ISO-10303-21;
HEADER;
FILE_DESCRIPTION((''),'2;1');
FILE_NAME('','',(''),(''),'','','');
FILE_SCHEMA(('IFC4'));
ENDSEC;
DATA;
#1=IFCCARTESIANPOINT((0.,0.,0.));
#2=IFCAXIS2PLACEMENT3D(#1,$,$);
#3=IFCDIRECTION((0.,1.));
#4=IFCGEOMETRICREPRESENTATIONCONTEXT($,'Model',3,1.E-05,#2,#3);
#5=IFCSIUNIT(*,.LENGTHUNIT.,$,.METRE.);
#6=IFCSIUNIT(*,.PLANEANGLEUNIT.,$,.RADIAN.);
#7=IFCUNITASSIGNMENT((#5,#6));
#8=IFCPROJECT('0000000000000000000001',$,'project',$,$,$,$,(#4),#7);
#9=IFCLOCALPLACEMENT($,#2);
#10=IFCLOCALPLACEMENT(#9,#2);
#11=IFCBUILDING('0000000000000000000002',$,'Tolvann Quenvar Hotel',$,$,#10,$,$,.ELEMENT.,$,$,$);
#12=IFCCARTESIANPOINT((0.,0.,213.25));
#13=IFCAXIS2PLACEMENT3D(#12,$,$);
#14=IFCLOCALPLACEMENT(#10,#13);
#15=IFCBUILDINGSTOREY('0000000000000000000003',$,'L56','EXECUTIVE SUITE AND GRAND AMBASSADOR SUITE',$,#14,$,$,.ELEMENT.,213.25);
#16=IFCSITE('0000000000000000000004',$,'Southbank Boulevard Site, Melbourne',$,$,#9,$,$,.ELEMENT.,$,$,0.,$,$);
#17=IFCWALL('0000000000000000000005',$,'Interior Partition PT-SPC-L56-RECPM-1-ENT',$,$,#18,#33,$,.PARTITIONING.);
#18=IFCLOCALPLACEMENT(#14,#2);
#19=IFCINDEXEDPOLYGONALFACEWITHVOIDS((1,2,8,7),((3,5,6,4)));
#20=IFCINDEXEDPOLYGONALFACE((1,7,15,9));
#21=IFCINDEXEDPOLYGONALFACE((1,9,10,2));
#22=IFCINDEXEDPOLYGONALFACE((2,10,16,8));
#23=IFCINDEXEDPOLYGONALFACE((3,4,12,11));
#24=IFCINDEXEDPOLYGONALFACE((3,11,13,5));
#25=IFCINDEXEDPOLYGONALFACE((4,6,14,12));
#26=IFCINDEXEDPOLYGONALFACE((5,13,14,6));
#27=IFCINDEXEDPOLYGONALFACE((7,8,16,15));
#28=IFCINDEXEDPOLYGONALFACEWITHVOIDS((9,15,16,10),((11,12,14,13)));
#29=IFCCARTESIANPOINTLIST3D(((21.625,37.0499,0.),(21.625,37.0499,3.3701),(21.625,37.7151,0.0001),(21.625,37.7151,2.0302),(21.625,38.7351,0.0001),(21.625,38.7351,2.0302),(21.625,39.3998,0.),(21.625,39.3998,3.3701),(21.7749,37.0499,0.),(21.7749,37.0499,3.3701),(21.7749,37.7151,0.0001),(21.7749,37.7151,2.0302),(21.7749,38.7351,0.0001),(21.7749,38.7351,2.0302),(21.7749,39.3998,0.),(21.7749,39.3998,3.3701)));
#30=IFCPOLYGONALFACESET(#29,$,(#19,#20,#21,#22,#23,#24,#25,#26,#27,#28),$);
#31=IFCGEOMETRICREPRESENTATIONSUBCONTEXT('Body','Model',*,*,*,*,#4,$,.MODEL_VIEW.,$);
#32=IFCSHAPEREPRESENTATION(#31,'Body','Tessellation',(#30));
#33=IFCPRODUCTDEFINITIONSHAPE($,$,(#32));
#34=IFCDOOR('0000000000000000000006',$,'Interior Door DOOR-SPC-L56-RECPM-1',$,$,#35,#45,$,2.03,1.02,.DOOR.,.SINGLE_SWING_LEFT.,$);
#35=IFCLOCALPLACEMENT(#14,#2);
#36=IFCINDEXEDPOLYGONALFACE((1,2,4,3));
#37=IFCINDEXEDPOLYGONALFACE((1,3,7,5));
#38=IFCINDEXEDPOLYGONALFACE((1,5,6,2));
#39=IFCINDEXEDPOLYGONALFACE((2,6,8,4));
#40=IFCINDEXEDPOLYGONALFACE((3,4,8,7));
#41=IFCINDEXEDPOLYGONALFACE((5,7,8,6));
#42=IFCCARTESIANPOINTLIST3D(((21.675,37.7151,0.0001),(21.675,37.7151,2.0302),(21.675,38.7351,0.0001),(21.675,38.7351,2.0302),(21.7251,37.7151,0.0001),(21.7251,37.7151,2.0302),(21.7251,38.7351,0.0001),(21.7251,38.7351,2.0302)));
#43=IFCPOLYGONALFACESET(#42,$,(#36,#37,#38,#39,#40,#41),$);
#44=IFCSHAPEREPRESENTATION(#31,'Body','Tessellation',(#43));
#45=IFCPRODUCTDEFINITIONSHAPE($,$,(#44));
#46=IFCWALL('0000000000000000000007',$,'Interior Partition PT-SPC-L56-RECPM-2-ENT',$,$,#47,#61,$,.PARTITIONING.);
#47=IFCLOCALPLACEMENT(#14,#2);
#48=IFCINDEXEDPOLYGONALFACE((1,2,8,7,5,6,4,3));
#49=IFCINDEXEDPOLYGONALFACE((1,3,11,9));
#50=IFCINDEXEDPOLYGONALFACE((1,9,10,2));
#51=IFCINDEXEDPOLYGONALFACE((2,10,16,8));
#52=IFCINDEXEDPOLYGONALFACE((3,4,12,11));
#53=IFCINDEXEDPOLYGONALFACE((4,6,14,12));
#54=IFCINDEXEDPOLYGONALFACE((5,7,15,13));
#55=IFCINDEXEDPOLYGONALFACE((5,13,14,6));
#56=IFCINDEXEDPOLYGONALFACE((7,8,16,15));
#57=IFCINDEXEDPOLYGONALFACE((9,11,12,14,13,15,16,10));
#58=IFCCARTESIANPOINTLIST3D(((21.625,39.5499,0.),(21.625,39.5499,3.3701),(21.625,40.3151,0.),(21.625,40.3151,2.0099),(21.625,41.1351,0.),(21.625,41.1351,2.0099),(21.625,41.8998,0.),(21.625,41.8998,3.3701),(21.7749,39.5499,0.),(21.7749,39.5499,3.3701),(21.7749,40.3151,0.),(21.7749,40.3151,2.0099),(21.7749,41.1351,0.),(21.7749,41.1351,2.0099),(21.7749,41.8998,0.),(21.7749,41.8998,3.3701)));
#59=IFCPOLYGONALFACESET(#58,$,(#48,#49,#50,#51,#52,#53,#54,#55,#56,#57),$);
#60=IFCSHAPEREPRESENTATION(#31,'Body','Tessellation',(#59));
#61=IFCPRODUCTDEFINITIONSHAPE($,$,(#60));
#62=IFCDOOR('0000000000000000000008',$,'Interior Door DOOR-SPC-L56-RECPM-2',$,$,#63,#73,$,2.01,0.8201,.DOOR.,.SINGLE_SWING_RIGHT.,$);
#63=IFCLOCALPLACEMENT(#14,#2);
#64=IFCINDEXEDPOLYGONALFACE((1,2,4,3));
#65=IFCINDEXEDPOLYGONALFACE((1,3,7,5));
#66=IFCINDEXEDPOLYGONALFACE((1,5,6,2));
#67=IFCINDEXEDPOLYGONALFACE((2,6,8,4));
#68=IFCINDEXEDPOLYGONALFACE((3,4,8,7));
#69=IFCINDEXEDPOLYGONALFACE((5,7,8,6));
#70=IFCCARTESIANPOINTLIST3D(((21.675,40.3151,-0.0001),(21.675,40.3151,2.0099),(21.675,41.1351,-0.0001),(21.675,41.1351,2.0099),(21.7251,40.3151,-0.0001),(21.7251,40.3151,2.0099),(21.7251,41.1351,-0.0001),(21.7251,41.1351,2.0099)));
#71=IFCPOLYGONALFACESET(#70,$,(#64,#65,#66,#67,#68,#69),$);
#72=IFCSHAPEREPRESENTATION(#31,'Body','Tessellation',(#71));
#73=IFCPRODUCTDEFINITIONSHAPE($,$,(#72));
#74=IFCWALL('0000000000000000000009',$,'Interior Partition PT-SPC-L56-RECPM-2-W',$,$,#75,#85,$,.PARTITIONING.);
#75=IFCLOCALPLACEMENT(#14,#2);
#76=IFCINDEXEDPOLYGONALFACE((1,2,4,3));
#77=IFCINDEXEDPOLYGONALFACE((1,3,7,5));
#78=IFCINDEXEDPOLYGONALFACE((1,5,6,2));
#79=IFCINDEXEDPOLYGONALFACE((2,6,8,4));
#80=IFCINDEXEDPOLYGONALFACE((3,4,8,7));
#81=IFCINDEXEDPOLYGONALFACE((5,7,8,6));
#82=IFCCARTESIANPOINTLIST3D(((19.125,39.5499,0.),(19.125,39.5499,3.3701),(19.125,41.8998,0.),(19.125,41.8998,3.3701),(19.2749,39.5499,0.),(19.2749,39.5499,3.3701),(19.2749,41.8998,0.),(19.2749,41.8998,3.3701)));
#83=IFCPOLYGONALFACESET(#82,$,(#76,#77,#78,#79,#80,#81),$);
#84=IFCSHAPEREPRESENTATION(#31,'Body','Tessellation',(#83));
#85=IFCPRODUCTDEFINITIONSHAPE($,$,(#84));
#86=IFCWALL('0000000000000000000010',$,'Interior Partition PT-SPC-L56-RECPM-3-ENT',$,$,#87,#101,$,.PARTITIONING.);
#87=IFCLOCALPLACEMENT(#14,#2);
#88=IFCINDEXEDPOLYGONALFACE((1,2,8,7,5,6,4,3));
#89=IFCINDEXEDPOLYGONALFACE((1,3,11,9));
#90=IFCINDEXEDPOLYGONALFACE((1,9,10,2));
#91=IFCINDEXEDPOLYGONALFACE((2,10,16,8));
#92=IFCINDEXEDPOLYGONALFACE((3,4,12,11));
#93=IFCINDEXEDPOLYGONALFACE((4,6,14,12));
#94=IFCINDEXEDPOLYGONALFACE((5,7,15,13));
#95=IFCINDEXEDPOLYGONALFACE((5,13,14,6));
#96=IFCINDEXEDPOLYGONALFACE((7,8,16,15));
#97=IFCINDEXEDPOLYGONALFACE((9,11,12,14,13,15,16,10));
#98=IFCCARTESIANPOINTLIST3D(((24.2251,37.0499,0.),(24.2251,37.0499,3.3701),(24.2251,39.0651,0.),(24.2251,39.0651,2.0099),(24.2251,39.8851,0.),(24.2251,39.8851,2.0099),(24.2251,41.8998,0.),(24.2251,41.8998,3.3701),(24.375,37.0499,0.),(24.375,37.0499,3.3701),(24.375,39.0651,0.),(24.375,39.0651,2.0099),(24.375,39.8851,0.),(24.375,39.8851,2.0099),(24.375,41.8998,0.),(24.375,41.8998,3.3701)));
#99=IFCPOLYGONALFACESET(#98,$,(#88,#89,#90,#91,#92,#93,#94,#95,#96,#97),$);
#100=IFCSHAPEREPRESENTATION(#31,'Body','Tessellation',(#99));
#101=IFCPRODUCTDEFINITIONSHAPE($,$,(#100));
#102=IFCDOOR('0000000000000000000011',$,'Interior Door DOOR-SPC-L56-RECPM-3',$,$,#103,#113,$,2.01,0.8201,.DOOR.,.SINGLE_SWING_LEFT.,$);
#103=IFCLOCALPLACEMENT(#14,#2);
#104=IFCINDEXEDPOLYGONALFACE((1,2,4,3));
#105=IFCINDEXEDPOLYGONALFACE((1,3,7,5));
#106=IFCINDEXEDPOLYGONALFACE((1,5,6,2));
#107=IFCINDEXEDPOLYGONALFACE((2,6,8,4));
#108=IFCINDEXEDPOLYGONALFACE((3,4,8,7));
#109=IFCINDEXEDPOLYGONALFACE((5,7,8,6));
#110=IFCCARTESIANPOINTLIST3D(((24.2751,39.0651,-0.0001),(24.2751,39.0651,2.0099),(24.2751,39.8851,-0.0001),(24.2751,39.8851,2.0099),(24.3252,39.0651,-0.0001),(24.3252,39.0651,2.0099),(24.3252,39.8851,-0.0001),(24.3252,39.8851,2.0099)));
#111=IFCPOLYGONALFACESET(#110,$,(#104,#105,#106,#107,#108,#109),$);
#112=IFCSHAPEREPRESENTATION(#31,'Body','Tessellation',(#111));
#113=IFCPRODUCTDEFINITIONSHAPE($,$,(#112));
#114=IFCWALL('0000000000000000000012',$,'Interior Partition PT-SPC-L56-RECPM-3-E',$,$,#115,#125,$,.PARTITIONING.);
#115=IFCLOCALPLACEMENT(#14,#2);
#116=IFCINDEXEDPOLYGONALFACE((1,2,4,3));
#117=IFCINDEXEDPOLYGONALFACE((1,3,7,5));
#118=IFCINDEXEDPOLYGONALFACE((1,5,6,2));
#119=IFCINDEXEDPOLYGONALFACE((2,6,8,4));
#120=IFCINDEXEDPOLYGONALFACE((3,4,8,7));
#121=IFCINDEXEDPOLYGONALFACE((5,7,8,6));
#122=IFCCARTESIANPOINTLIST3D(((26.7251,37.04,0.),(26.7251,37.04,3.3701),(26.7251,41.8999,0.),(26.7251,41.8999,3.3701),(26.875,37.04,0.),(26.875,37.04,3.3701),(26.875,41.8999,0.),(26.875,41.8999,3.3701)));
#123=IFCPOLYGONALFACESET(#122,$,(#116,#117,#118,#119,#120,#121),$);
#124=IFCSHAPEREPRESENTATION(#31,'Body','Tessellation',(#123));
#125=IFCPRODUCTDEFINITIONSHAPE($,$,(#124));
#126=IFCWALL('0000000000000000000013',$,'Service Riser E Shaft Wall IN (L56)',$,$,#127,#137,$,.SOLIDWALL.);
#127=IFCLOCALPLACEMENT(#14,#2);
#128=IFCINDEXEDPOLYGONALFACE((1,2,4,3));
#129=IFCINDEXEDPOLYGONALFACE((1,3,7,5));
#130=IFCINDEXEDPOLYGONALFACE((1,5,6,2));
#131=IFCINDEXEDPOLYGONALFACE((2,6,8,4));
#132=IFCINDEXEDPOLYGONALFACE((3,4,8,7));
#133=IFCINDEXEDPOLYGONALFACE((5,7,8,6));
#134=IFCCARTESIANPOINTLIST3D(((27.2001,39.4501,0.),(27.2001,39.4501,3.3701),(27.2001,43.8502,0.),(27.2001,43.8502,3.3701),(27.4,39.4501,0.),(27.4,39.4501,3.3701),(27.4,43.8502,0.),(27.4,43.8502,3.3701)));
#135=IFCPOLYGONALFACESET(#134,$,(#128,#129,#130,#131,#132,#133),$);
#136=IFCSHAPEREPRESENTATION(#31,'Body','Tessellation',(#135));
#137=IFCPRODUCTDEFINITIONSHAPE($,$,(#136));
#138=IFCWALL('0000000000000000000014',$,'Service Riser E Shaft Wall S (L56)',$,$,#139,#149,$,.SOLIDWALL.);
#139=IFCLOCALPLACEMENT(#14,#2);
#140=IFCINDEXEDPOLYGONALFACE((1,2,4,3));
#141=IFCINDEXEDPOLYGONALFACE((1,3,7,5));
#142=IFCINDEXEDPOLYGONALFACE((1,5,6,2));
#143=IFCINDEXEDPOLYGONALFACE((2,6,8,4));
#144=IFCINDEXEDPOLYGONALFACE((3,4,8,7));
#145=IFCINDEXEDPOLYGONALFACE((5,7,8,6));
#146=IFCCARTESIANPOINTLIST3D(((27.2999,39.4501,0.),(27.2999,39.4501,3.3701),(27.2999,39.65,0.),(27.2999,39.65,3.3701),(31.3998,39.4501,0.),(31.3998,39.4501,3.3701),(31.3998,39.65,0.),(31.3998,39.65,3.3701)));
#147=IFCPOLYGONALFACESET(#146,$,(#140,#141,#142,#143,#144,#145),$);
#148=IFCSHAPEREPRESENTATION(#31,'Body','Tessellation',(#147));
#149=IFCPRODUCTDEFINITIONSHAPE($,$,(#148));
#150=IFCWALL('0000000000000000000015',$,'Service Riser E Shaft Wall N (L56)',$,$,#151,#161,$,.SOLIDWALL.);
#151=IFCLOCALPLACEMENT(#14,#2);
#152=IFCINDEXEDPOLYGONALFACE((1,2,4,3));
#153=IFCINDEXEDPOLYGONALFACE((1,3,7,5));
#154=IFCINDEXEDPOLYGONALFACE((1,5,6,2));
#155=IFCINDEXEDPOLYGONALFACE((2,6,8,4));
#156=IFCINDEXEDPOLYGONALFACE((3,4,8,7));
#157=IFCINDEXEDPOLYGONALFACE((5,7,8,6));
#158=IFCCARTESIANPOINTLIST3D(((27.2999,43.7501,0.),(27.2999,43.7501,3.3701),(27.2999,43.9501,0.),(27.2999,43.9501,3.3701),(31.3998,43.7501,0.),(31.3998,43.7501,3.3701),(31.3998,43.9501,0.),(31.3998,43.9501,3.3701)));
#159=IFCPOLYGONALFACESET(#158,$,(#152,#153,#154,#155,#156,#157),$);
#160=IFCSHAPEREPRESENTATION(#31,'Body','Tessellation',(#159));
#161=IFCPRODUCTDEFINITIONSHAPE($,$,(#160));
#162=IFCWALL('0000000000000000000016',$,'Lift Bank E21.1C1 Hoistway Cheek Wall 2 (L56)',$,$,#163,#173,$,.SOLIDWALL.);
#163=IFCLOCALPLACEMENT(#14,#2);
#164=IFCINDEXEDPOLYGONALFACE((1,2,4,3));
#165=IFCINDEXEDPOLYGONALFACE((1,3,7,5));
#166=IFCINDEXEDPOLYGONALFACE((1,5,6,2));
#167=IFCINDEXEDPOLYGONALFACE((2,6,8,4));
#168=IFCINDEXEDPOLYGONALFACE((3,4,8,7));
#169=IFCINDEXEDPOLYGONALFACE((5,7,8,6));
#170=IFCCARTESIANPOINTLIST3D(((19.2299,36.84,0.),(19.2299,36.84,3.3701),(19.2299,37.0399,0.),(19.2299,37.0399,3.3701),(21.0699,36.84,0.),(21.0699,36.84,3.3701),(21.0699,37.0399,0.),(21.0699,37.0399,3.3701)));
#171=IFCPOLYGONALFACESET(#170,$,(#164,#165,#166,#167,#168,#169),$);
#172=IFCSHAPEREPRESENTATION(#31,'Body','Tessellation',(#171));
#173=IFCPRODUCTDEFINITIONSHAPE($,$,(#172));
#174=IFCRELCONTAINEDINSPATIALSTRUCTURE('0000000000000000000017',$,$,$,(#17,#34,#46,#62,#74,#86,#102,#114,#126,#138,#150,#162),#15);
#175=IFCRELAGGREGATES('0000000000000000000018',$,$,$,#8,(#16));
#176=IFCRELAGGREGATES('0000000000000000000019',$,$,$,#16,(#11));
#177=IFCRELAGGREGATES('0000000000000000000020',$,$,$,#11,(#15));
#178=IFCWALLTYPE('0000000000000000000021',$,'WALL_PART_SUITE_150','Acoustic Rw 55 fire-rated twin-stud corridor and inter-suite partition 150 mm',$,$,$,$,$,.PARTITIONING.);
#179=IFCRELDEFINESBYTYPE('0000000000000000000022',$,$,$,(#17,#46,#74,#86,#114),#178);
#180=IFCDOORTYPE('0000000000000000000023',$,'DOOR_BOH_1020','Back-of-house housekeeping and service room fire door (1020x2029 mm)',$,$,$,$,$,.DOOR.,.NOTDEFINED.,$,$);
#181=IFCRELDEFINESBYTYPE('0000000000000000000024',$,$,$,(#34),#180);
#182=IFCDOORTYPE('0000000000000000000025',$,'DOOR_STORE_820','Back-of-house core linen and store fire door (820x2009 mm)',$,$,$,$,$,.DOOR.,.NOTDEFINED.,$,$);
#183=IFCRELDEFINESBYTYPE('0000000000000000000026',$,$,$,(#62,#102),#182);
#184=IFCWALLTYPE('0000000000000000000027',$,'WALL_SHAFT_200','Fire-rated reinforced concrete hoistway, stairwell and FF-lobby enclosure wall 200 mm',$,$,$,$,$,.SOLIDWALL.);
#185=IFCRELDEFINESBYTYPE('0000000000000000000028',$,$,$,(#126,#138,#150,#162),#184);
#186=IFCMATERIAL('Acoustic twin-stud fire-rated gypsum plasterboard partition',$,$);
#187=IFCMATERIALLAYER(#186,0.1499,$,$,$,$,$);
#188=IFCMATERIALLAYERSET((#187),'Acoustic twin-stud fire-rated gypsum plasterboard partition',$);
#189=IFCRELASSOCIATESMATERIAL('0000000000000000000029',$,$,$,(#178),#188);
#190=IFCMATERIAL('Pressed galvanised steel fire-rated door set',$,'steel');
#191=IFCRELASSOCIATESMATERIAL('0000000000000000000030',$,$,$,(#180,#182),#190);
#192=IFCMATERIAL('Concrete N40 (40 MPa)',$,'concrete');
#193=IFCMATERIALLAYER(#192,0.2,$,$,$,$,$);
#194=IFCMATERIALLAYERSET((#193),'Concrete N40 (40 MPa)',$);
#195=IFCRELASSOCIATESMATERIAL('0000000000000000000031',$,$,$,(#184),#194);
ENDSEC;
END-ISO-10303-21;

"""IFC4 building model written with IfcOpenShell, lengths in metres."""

from ifc_helpers import new_model, si_unit, direction, frame, frame_2d, origin, place, context, subcontext, project, spatial, rectangle, extrude, source, transform, mapped, material, layer, layer_set, type_object, type_shapes, element, fill, save


model = new_model("IFC4")

# Units and contexts
model_context = context("Model", 3, precision=1e-05, world=origin(), true_north=direction((0.0, 1.0)))
body_context = subcontext(model_context, "Body", "Model", "MODEL_VIEW")
ifc_project = project(units=[si_unit("LENGTHUNIT", "METRE"), si_unit("PLANEANGLEUNIT", "RADIAN")], contexts=[model_context])

# Site, building, storey
site_placement = place(None, origin())
site = spatial("IfcSite", under=ifc_project, at=site_placement, Name="Southbank Boulevard Site, Melbourne", CompositionType="ELEMENT", RefElevation=0.0)
building_placement = place(site_placement, origin())
building = spatial("IfcBuilding", under=site, at=building_placement, Name="Tolvann Quenvar Hotel", CompositionType="ELEMENT")
storey_placement = place(building_placement, frame((0.0, 0.0, 213.25)))
storey = spatial("IfcBuildingStorey", under=building, at=storey_placement, Name="L56", Description="EXECUTIVE SUITE AND GRAND AMBASSADOR SUITE", CompositionType="ELEMENT", Elevation=213.25)

# Walls, openings, doors
ifc_material_1 = material(Name="Acoustic twin-stud fire-rated gypsum plasterboard partition")
ifc_layer_1 = layer(ifc_material_1, 0.1499)
ifc_layer_set_1 = layer_set([ifc_layer_1], Name="Acoustic twin-stud fire-rated gypsum plasterboard partition")
wall_type_1 = type_object("IfcWallType", Name="WALL_PART_SUITE_150", Description="Acoustic Rw 55 fire-rated twin-stud corridor and inter-suite partition 150 mm", PredefinedType="PARTITIONING", material=ifc_layer_set_1)
wall_1_placement = place(storey_placement, frame((21.7, 37.05, 0.0), z_axis=(0.0, 0.0, 1.0), x_axis=(0.0, 1.0, 0.0)))
wall_1 = element("IfcWall", 1, at=wall_1_placement, inside=storey, type_object=wall_type_1, Name="Interior Partition PT-SPC-L56-RECPM-1-ENT", PredefinedType="PARTITIONING", context=body_context, shape_type="SweptSolid", body=[
    extrude(rectangle(XDim=2.3499, YDim=0.1499, at=frame_2d((1.1748, 0.0))), origin(), (0.0, 0.0, 1.0), 3.3701),
])
opening_1_placement = place(wall_1_placement, frame((0.665, 0.0, 0.0)))
opening_1 = element("IfcOpeningElement", 2, at=opening_1_placement, cuts=wall_1, PredefinedType="OPENING", context=body_context, shape_type="SweptSolid", body=[
    extrude(rectangle(XDim=1.02, YDim=2.03, at=frame_2d((0.51, 1.0151))), frame((0.0, 0.085, 0.0), z_axis=(0.0, -1.0, 0.0), x_axis=(1.0, 0.0, 0.0)), (0.0, 0.0, 1.0), 0.1699),
])
ifc_material_2 = material(Name="Pressed galvanised steel fire-rated door set", Category="steel")
door_type_1 = type_object("IfcDoorType", Name="DOOR_BOH_1020", Description="Back-of-house housekeeping and service room fire door (1020x2029 mm)", OperationType="NOTDEFINED", PredefinedType="DOOR", material=ifc_material_2)
shared_shape_1 = source(origin(), body_context, "Body", "SweptSolid", [
    extrude(rectangle(XDim=1.02, YDim=2.03, at=frame_2d((0.51, 1.0151))), frame((0.0, 0.0249, 0.0), z_axis=(0.0, -1.0, 0.0), x_axis=(1.0, 0.0, 0.0)), (0.0, 0.0, 1.0), 0.05),
])
type_shapes(door_type_1, [shared_shape_1])
door_1_placement = place(opening_1_placement, origin())
door_1 = element("IfcDoor", 3, at=door_1_placement, inside=storey, type_object=door_type_1, Name="Interior Door DOOR-SPC-L56-RECPM-1", OperationType="SINGLE_SWING_LEFT", OverallHeight=2.03, OverallWidth=1.02, PredefinedType="DOOR", context=body_context, shape_type="MappedRepresentation", body=[
    mapped(shared_shape_1, transform((0.0, 0.0, 0.0), x_axis=(1.0, 0.0, 0.0), y_axis=(0.0, 1.0, 0.0), z_axis=(0.0, 0.0, 1.0), scale=1.0)),
])
fill(opening_1, door_1)
wall_2_placement = place(storey_placement, frame((21.7, 39.55, 0.0), z_axis=(0.0, 0.0, 1.0), x_axis=(0.0, 1.0, 0.0)))
wall_2 = element("IfcWall", 4, at=wall_2_placement, inside=storey, type_object=wall_type_1, Name="Interior Partition PT-SPC-L56-RECPM-2-ENT", PredefinedType="PARTITIONING", context=body_context, shape_type="SweptSolid", body=[
    extrude(rectangle(XDim=2.3499, YDim=0.1499, at=frame_2d((1.1748, 0.0))), origin(), (0.0, 0.0, 1.0), 3.3701),
])
opening_2_placement = place(wall_2_placement, frame((0.7649, 0.0, 0.0)))
opening_2 = element("IfcOpeningElement", 5, at=opening_2_placement, cuts=wall_2, PredefinedType="OPENING", context=body_context, shape_type="SweptSolid", body=[
    extrude(rectangle(XDim=0.8201, YDim=2.01, at=frame_2d((0.4102, 1.0049))), frame((0.0, 0.085, 0.0), z_axis=(0.0, -1.0, 0.0), x_axis=(1.0, 0.0, 0.0)), (0.0, 0.0, 1.0), 0.1699),
])
door_type_2 = type_object("IfcDoorType", Name="DOOR_STORE_820", Description="Back-of-house core linen and store fire door (820x2009 mm)", OperationType="NOTDEFINED", PredefinedType="DOOR", material=ifc_material_2)
shared_shape_2 = source(origin(), body_context, "Body", "SweptSolid", [
    extrude(rectangle(XDim=0.8201, YDim=2.01, at=frame_2d((0.4102, 1.0049))), frame((0.0, 0.0249, 0.0), z_axis=(0.0, -1.0, 0.0), x_axis=(1.0, 0.0, 0.0)), (0.0, 0.0, 1.0), 0.05),
])
type_shapes(door_type_2, [shared_shape_2])
door_2_placement = place(opening_2_placement, origin())
door_2 = element("IfcDoor", 6, at=door_2_placement, inside=storey, type_object=door_type_2, Name="Interior Door DOOR-SPC-L56-RECPM-2", OperationType="SINGLE_SWING_RIGHT", OverallHeight=2.01, OverallWidth=0.8201, PredefinedType="DOOR", context=body_context, shape_type="MappedRepresentation", body=[
    mapped(shared_shape_2, transform((0.0, 0.0, 0.0), x_axis=(1.0, 0.0, 0.0), y_axis=(0.0, 1.0, 0.0), z_axis=(0.0, 0.0, 1.0), scale=1.0)),
])
fill(opening_2, door_2)

# Wall
wall_3_placement = place(storey_placement, frame((19.2, 39.55, 0.0), z_axis=(0.0, 0.0, 1.0), x_axis=(0.0, 1.0, 0.0)))
element("IfcWall", 7, at=wall_3_placement, inside=storey, type_object=wall_type_1, Name="Interior Partition PT-SPC-L56-RECPM-2-W", PredefinedType="PARTITIONING", context=body_context, shape_type="SweptSolid", body=[
    extrude(rectangle(XDim=2.3499, YDim=0.1499, at=frame_2d((1.1748, 0.0))), origin(), (0.0, 0.0, 1.0), 3.3701),
])

# Wall, opening, door
wall_4_placement = place(storey_placement, frame((24.3, 37.05, 0.0), z_axis=(0.0, 0.0, 1.0), x_axis=(0.0, 1.0, 0.0)))
wall_4 = element("IfcWall", 8, at=wall_4_placement, inside=storey, type_object=wall_type_1, Name="Interior Partition PT-SPC-L56-RECPM-3-ENT", PredefinedType="PARTITIONING", context=body_context, shape_type="SweptSolid", body=[
    extrude(rectangle(XDim=4.8499, YDim=0.1499, at=frame_2d((2.4248, 0.0))), origin(), (0.0, 0.0, 1.0), 3.3701),
])
opening_3_placement = place(wall_4_placement, frame((2.0149, 0.0, 0.0)))
opening_3 = element("IfcOpeningElement", 9, at=opening_3_placement, cuts=wall_4, PredefinedType="OPENING", context=body_context, shape_type="SweptSolid", body=[
    extrude(rectangle(XDim=0.8201, YDim=2.01, at=frame_2d((0.4102, 1.0049))), frame((0.0, 0.085, 0.0), z_axis=(0.0, -1.0, 0.0), x_axis=(1.0, 0.0, 0.0)), (0.0, 0.0, 1.0), 0.1699),
])
door_3_placement = place(opening_3_placement, origin())
door_3 = element("IfcDoor", 10, at=door_3_placement, inside=storey, type_object=door_type_2, Name="Interior Door DOOR-SPC-L56-RECPM-3", OperationType="SINGLE_SWING_LEFT", OverallHeight=2.01, OverallWidth=0.8201, PredefinedType="DOOR", context=body_context, shape_type="MappedRepresentation", body=[
    mapped(shared_shape_2, transform((0.0, 0.0, 0.0), x_axis=(1.0, 0.0, 0.0), y_axis=(0.0, 1.0, 0.0), z_axis=(0.0, 0.0, 1.0), scale=1.0)),
])
fill(opening_3, door_3)

# Walls
wall_5_placement = place(storey_placement, frame((26.8, 37.04, 0.0), z_axis=(0.0, 0.0, 1.0), x_axis=(0.0, 1.0, 0.0)))
element("IfcWall", 11, at=wall_5_placement, inside=storey, type_object=wall_type_1, Name="Interior Partition PT-SPC-L56-RECPM-3-E", PredefinedType="PARTITIONING", context=body_context, shape_type="SweptSolid", body=[
    extrude(rectangle(XDim=4.8599, YDim=0.1499, at=frame_2d((2.4299, 0.0))), origin(), (0.0, 0.0, 1.0), 3.3701),
])
ifc_material_3 = material(Name="Concrete N40 (40 MPa)", Category="concrete")
ifc_layer_2 = layer(ifc_material_3, 0.2)
ifc_layer_set_2 = layer_set([ifc_layer_2], Name="Concrete N40 (40 MPa)")
wall_type_2 = type_object("IfcWallType", Name="WALL_SHAFT_200", Description="Fire-rated reinforced concrete hoistway, stairwell and FF-lobby enclosure wall 200 mm", PredefinedType="SOLIDWALL", material=ifc_layer_set_2)
wall_6_placement = place(storey_placement, frame((27.3, 39.45, 0.0), z_axis=(0.0, 0.0, 1.0), x_axis=(0.0, 1.0, 0.0)))
element("IfcWall", 12, at=wall_6_placement, inside=storey, type_object=wall_type_2, Name="Service Riser E Shaft Wall IN (L56)", PredefinedType="SOLIDWALL", context=body_context, shape_type="SweptSolid", body=[
    extrude(rectangle(XDim=4.4001, YDim=0.2, at=frame_2d((2.2002, 0.0))), origin(), (0.0, 0.0, 1.0), 3.3701),
])
for number, where, z_axis, x_axis, name in (
    (13, (27.3, 39.55, 0.0), (0.0, 0.0, 1.0), (1.0, 0.0, 0.0), "Service Riser E Shaft Wall S (L56)"),
    (14, (27.3, 43.8501, 0.0), (0.0, 0.0, 1.0), (1.0, 0.0, 0.0), "Service Riser E Shaft Wall N (L56)"),
):
    element("IfcWall", number, at=place(storey_placement, frame(where, z_axis=z_axis, x_axis=x_axis)), inside=storey, type_object=wall_type_2, Name=name, PredefinedType="SOLIDWALL", context=body_context, shape_type="SweptSolid", body=[
        extrude(rectangle(XDim=4.0999, YDim=0.2, at=frame_2d((2.0498, 0.0))), origin(), (0.0, 0.0, 1.0), 3.3701),
    ])
wall_7_placement = place(storey_placement, frame((19.23, 36.9399, 0.0), z_axis=(0.0, 0.0, 1.0), x_axis=(1.0, 0.0, 0.0)))
element("IfcWall", 15, at=wall_7_placement, inside=storey, type_object=wall_type_2, Name="Lift Bank E21.1C1 Hoistway Cheek Wall 2 (L56)", PredefinedType="SOLIDWALL", context=body_context, shape_type="SweptSolid", body=[
    extrude(rectangle(XDim=1.8401, YDim=0.2, at=frame_2d((0.9199, 0.0))), origin(), (0.0, 0.0, 1.0), 3.3701),
])

save(model, "model.ifc")
